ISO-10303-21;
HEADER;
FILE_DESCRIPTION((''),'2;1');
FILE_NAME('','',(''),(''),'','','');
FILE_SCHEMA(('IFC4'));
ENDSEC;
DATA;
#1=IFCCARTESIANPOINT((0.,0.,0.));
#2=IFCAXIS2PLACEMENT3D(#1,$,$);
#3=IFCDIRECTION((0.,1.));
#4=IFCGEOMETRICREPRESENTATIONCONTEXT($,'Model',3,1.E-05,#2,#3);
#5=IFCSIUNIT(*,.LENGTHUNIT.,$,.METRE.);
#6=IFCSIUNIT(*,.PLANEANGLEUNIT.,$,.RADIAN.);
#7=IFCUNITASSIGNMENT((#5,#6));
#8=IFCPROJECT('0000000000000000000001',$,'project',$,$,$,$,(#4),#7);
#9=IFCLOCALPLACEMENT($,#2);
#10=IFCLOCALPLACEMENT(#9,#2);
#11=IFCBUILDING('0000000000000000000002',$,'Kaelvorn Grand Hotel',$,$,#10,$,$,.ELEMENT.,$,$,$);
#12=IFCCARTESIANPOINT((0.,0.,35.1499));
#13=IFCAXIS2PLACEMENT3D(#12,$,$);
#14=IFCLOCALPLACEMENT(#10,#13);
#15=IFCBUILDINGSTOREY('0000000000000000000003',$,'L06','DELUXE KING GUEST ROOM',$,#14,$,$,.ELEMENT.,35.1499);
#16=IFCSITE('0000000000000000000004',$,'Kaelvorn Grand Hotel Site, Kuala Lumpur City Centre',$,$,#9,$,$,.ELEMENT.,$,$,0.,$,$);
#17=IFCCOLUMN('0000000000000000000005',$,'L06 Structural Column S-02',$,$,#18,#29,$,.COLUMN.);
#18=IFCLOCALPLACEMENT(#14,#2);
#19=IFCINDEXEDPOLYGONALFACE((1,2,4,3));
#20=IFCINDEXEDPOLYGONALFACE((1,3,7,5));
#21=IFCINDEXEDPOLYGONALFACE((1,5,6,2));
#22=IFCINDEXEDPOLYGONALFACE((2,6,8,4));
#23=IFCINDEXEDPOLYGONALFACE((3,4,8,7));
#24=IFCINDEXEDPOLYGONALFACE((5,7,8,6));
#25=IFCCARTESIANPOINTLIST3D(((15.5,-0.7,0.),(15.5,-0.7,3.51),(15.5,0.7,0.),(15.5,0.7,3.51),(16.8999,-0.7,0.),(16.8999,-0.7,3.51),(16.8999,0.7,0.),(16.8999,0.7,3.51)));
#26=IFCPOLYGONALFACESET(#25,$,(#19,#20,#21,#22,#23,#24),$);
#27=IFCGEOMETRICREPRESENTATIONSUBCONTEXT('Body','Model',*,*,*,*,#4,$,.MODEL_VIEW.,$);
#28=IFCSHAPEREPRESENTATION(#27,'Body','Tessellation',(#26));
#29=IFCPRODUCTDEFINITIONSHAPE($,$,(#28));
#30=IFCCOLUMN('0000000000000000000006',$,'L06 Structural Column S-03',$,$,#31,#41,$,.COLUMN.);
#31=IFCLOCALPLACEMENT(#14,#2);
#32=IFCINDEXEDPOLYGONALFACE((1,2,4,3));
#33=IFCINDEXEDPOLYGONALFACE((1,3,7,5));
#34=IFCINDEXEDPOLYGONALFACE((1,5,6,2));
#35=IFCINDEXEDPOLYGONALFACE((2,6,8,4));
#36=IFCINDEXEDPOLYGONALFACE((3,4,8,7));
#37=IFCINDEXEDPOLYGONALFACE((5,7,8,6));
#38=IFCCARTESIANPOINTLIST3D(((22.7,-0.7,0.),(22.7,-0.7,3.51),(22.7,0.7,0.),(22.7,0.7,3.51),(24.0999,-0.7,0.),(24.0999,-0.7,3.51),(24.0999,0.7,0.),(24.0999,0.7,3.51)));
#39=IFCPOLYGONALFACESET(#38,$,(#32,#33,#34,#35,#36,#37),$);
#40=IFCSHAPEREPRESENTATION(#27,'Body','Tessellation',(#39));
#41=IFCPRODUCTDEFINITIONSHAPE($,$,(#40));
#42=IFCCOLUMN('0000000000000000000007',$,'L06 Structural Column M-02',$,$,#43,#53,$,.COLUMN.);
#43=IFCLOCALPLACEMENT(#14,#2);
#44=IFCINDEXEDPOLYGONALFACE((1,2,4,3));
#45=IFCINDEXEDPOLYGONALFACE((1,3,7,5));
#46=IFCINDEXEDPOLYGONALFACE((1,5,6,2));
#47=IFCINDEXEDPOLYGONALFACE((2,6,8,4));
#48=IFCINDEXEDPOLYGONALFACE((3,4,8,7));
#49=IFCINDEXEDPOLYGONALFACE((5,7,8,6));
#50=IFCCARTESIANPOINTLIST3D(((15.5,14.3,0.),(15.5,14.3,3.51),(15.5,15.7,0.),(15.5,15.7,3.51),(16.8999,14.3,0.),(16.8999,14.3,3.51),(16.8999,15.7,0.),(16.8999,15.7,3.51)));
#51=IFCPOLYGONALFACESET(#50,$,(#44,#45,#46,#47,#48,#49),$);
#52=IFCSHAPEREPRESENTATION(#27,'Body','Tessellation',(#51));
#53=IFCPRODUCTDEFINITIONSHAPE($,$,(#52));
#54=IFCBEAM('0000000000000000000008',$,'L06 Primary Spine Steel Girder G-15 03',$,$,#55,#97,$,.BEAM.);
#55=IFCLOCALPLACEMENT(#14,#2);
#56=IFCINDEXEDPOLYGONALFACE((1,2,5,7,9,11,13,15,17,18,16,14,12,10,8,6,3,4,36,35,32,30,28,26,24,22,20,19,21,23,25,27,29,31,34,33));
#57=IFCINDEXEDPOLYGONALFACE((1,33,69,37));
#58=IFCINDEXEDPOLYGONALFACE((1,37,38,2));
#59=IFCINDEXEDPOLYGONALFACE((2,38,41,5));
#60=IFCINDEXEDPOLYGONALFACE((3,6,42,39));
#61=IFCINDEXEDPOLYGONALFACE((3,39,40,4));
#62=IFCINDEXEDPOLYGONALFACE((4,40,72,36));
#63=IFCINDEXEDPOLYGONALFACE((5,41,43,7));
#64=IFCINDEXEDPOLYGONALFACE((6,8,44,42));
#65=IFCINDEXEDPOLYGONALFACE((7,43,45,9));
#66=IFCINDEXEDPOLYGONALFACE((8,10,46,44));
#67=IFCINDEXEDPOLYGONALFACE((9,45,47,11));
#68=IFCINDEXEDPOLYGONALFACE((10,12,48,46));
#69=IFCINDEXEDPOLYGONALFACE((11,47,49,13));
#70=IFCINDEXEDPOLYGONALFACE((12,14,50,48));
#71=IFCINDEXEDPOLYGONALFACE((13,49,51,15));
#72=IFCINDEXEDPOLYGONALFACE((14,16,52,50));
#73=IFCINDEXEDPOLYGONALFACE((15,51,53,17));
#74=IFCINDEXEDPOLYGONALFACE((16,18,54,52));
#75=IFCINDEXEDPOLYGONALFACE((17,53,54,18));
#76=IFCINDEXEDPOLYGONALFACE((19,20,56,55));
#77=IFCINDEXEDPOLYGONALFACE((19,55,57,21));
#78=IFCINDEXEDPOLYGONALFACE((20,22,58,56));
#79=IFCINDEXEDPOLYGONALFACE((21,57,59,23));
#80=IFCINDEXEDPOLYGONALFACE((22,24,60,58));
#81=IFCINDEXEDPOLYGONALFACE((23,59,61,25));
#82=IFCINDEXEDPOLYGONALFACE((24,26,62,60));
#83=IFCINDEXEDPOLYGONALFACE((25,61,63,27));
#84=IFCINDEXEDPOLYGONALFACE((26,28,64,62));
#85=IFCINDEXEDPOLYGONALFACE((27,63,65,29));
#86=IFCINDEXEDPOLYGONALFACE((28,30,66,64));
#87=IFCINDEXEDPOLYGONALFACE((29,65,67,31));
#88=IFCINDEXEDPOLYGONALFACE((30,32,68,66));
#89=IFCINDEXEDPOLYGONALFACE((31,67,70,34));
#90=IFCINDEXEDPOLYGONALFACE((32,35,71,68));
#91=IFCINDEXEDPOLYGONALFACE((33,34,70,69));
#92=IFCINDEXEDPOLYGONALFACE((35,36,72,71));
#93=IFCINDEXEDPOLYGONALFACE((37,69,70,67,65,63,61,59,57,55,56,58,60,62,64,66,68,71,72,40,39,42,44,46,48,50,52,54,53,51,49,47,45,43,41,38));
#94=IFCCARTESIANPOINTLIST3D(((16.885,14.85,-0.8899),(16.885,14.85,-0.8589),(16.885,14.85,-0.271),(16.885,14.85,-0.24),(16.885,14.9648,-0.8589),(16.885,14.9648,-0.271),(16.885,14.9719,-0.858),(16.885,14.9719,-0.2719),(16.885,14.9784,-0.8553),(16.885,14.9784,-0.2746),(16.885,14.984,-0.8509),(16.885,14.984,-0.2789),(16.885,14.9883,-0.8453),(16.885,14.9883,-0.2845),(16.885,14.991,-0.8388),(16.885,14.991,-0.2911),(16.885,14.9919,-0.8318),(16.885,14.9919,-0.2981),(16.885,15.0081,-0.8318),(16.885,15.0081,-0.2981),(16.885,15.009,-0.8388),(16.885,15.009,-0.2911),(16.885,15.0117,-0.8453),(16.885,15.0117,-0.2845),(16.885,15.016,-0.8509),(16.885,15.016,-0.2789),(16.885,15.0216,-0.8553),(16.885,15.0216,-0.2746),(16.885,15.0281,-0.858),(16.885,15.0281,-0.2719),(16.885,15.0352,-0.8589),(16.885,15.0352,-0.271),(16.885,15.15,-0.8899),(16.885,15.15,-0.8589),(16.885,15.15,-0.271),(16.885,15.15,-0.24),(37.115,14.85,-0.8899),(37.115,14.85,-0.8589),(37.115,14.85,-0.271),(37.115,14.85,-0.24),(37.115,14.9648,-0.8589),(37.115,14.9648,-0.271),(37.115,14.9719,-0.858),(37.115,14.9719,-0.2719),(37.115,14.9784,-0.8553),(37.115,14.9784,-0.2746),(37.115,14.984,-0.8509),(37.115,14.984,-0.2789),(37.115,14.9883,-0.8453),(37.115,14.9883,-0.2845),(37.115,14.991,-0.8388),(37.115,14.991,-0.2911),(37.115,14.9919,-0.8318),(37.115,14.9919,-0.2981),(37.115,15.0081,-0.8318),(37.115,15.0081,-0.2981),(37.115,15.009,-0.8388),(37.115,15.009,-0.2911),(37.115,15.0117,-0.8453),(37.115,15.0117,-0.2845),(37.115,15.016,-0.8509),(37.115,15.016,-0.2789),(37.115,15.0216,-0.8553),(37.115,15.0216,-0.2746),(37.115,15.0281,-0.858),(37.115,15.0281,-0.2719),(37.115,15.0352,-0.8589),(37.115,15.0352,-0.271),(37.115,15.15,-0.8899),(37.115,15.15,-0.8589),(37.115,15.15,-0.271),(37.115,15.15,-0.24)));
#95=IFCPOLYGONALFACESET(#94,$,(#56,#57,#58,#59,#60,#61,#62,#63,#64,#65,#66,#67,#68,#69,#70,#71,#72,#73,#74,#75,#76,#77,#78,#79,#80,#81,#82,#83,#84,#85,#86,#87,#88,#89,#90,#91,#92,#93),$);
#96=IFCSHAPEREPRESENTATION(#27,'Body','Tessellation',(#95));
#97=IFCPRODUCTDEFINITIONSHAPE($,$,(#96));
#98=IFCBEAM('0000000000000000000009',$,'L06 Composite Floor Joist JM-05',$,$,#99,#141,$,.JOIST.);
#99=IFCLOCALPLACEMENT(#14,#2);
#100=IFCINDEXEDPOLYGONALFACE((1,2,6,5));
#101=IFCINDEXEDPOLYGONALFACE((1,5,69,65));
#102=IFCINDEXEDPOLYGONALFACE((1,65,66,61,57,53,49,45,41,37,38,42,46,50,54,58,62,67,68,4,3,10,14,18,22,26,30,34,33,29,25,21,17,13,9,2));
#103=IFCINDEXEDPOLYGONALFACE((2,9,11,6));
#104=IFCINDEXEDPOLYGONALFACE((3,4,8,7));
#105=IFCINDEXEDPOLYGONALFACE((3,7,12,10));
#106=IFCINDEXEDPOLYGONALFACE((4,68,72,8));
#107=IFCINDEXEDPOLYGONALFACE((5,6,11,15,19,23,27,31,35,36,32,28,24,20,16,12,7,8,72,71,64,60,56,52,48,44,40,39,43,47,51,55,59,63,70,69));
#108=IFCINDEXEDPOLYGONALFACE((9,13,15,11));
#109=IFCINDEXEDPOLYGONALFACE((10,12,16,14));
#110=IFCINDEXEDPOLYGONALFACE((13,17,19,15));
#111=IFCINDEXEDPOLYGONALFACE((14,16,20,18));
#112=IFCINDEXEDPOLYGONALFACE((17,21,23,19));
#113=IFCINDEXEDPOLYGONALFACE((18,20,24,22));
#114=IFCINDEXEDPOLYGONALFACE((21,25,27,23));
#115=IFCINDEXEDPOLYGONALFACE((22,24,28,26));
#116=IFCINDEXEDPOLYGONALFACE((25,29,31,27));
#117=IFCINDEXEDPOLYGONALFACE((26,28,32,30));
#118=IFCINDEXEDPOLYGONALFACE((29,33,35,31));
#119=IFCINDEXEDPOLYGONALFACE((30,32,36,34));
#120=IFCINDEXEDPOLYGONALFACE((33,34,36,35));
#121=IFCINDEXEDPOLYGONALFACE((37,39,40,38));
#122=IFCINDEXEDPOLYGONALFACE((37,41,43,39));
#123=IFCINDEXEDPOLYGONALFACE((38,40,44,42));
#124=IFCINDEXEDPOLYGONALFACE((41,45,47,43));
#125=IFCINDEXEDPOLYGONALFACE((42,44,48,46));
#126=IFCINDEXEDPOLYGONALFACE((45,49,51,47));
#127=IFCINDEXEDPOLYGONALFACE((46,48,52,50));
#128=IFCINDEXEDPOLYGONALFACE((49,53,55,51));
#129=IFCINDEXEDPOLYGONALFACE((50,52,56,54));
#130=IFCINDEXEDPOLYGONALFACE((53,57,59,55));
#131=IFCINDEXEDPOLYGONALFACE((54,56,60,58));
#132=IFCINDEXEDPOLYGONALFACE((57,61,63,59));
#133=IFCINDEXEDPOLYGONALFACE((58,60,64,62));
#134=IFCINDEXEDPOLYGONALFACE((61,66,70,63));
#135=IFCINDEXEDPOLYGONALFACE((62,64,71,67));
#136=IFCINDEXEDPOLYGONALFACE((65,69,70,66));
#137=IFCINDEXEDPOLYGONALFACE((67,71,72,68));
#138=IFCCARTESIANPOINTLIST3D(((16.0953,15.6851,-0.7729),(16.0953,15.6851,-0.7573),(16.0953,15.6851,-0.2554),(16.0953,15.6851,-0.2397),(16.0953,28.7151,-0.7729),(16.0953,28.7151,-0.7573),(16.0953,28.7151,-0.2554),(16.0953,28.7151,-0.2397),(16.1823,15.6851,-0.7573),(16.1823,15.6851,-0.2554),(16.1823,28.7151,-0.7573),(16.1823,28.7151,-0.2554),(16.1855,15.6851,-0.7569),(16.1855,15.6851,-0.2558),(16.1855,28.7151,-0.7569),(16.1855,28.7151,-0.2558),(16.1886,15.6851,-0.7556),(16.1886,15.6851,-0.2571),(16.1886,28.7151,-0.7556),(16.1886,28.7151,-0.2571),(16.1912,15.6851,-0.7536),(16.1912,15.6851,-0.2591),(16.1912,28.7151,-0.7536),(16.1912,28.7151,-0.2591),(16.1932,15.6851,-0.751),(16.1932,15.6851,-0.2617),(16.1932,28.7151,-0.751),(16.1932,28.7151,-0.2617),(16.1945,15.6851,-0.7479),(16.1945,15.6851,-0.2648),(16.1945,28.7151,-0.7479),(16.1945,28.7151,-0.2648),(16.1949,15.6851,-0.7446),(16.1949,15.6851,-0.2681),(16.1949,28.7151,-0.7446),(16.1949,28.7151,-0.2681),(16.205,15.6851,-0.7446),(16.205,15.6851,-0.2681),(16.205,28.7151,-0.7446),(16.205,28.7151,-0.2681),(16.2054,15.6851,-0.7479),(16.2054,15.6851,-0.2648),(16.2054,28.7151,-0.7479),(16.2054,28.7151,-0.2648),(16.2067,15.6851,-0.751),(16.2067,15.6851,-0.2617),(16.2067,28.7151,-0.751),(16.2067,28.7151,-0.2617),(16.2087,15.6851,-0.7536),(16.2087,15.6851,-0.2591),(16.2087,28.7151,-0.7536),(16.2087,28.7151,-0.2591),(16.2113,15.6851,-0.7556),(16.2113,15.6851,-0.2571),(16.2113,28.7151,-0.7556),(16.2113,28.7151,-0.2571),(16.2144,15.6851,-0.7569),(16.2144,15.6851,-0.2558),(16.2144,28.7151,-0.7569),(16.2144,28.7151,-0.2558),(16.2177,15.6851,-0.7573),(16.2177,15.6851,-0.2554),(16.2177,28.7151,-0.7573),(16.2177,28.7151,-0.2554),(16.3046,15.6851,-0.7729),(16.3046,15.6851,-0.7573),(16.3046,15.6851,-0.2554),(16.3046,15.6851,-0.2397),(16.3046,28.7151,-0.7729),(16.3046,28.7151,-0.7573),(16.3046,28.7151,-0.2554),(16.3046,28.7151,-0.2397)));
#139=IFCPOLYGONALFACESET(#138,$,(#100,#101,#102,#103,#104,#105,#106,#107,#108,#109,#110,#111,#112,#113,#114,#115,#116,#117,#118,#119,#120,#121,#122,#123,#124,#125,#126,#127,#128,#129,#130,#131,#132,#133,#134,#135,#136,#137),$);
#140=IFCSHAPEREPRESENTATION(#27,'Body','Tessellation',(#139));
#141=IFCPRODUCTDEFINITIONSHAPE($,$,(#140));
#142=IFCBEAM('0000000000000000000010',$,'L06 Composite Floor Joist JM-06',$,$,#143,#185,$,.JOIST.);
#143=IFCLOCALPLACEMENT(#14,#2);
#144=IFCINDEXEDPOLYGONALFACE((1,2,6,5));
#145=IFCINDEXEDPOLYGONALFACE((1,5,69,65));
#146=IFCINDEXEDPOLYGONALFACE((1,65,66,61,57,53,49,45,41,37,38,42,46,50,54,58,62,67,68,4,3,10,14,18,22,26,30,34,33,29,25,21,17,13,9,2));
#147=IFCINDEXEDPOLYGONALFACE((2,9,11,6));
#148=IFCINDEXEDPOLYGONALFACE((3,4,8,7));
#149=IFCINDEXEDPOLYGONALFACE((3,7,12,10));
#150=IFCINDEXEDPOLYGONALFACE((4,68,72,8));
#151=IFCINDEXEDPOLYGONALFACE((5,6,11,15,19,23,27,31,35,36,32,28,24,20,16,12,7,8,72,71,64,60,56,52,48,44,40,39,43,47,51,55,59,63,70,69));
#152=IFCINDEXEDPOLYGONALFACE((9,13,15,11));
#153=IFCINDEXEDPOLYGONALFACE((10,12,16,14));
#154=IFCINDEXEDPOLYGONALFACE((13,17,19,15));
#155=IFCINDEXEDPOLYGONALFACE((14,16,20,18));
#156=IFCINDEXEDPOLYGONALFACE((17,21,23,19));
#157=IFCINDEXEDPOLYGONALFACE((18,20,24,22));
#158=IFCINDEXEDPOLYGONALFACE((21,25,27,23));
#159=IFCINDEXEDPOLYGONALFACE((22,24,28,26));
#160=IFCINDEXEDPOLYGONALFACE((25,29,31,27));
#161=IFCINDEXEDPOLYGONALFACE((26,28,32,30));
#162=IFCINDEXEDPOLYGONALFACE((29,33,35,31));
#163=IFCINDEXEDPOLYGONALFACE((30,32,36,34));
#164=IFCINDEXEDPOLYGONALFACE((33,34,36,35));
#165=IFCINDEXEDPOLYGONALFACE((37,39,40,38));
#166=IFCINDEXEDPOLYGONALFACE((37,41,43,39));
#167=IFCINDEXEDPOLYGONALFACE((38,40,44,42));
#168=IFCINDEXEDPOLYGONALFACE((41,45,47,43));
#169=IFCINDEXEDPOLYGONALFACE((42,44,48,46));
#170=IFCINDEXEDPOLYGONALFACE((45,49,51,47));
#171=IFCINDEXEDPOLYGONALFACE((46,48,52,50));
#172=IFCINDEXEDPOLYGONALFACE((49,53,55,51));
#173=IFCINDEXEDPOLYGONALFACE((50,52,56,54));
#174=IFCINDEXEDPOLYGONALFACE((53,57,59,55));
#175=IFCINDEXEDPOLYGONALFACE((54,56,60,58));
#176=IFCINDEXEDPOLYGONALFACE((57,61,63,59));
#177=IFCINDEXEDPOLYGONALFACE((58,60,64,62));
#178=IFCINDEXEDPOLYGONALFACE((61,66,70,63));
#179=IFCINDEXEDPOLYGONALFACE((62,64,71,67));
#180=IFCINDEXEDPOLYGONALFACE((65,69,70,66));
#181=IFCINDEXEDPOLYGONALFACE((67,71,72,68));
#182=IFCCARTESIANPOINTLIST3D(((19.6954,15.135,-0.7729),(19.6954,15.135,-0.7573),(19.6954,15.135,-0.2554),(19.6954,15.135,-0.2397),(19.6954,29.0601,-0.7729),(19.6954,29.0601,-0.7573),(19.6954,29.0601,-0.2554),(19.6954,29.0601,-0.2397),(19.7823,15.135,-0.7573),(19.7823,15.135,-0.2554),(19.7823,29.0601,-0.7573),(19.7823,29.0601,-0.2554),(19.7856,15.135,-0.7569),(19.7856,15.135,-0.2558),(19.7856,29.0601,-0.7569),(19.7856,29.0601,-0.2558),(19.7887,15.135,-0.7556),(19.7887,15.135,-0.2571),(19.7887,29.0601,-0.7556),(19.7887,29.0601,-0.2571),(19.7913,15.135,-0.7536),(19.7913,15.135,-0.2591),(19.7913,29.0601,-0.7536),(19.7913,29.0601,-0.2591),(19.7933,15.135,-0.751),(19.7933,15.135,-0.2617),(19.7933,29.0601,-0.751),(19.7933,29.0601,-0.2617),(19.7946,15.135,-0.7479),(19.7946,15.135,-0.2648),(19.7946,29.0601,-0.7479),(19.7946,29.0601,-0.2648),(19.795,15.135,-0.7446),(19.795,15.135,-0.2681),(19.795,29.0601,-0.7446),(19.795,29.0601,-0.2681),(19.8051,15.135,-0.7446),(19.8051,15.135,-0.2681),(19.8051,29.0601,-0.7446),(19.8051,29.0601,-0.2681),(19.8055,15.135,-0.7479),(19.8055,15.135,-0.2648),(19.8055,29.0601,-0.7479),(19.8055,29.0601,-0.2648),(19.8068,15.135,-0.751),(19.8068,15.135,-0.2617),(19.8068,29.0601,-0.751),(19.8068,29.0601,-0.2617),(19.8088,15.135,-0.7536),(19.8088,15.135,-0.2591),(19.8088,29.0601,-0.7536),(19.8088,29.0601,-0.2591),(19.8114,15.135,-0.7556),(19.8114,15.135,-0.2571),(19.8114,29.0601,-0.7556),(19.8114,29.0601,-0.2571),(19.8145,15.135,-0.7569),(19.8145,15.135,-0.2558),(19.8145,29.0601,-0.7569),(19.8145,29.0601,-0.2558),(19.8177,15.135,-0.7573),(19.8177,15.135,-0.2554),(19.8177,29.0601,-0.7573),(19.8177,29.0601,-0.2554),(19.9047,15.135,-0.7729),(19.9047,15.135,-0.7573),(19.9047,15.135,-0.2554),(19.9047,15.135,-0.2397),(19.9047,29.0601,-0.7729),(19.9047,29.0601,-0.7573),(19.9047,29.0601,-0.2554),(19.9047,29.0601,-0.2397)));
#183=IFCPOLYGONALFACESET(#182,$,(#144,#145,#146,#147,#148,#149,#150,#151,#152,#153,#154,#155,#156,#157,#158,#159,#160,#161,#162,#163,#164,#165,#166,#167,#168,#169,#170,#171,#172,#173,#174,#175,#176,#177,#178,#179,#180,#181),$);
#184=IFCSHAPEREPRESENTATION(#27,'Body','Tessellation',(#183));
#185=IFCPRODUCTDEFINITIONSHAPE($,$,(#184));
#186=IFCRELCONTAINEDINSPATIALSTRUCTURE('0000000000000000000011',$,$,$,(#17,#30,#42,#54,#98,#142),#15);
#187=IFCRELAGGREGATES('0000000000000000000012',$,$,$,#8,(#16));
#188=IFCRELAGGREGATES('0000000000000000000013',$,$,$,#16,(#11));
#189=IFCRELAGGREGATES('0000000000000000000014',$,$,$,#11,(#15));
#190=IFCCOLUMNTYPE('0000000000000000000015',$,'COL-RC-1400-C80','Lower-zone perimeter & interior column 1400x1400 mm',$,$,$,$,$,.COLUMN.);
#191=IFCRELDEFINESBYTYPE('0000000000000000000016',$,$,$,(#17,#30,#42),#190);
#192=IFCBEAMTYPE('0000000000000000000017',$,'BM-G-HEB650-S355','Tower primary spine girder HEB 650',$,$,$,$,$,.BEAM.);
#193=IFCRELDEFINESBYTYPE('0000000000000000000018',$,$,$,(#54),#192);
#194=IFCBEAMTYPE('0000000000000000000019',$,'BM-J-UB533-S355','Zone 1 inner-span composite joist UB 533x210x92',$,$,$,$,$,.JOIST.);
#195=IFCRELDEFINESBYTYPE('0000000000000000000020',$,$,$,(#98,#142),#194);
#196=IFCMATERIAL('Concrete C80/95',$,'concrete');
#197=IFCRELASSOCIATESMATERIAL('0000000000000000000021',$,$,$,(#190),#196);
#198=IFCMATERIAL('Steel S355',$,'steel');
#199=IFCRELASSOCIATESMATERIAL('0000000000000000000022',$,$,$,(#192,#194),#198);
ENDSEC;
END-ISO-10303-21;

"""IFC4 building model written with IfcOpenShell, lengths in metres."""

from ifc_helpers import new_model, si_unit, direction, frame, origin, origin_2d, place, context, subcontext, project, spatial, rectangle, i_section, extrude, material, material_profile, profile_set, type_object, element, save


model = new_model("IFC4")

# Units and contexts
model_context = context("Model", 3, precision=1e-05, world=origin(), true_north=direction((0.0, 1.0)))
body_context = subcontext(model_context, "Body", "Model", "MODEL_VIEW")
ifc_project = project(units=[si_unit("LENGTHUNIT", "METRE"), si_unit("PLANEANGLEUNIT", "RADIAN")], contexts=[model_context])

# Site, building, storey
site_placement = place(None, origin())
site = spatial("IfcSite", under=ifc_project, at=site_placement, Name="Kaelvorn Grand Hotel Site, Kuala Lumpur City Centre", CompositionType="ELEMENT", RefElevation=0.0)
building_placement = place(site_placement, origin())
building = spatial("IfcBuilding", under=site, at=building_placement, Name="Kaelvorn Grand Hotel", CompositionType="ELEMENT")
storey_placement = place(building_placement, frame((0.0, 0.0, 35.1499)))
storey = spatial("IfcBuildingStorey", under=building, at=storey_placement, Name="L06", Description="DELUXE KING GUEST ROOM", CompositionType="ELEMENT", Elevation=35.1499)

# Columns
ifc_material_1 = material(Name="Concrete C80/95", Category="concrete")
ifc_material_profile_1 = material_profile(ifc_material_1, rectangle(XDim=1.3999, YDim=1.3999, at=origin_2d()), Name="RC COL 1400x1400")
ifc_profile_set_1 = profile_set([ifc_material_profile_1], Name="Concrete C80/95")
column_type = type_object("IfcColumnType", Name="COL-RC-1400-C80", Description="Lower-zone perimeter & interior column 1400x1400 mm", PredefinedType="COLUMN", material=ifc_profile_set_1)
for number, where, z_axis, x_axis, name in (
    (1, (16.2, 0.0, 0.0), (0.0, 0.0, 1.0), (1.0, 0.0, 0.0), "L06 Structural Column S-02"),
    (2, (23.3999, 0.0, 0.0), (0.0, 0.0, 1.0), (1.0, 0.0, 0.0), "L06 Structural Column S-03"),
    (3, (16.2, 15.0, 0.0), (0.0, 0.0, 1.0), (1.0, 0.0, 0.0), "L06 Structural Column M-02"),
):
    element("IfcColumn", number, at=place(storey_placement, frame(where, z_axis=z_axis, x_axis=x_axis)), inside=storey, type_object=column_type, Name=name, PredefinedType="COLUMN", context=body_context, shape_type="SweptSolid", body=[
        extrude(rectangle(XDim=1.3999, YDim=1.3999, at=origin_2d()), origin(), (0.0, 0.0, 1.0), 3.51),
    ])

# Beams
ifc_material_2 = material(Name="Steel S355", Category="steel")
ifc_material_profile_2 = material_profile(ifc_material_2, i_section(OverallWidth=0.3, OverallDepth=0.6499, WebThickness=0.0161, FlangeThickness=0.031, FilletRadius=0.0271, at=origin_2d()), Name="HEB 650")
ifc_profile_set_2 = profile_set([ifc_material_profile_2], Name="Steel S355")
beam_type_1 = type_object("IfcBeamType", Name="BM-G-HEB650-S355", Description="Tower primary spine girder HEB 650", PredefinedType="BEAM", material=ifc_profile_set_2)
beam_1_placement = place(storey_placement, frame((16.885, 15.0, -0.5649), z_axis=(1.0, 0.0, 0.0), x_axis=(0.0, 1.0, 0.0)))
element("IfcBeam", 4, at=beam_1_placement, inside=storey, type_object=beam_type_1, Name="L06 Primary Spine Steel Girder G-15 03", PredefinedType="BEAM", context=body_context, shape_type="SweptSolid", body=[
    extrude(i_section(OverallWidth=0.3, OverallDepth=0.6499, WebThickness=0.0161, FlangeThickness=0.031, FilletRadius=0.0271, at=origin_2d()), origin(), (0.0, 0.0, 1.0), 20.23),
])
ifc_material_profile_3 = material_profile(ifc_material_2, i_section(OverallWidth=0.2092, OverallDepth=0.5332, WebThickness=0.01, FlangeThickness=0.0156, FilletRadius=0.0127, at=origin_2d()), Name="UB 533x210x92")
ifc_profile_set_3 = profile_set([ifc_material_profile_3], Name="Steel S355")
beam_type_2 = type_object("IfcBeamType", Name="BM-J-UB533-S355", Description="Zone 1 inner-span composite joist UB 533x210x92", PredefinedType="JOIST", material=ifc_profile_set_3)
beam_2_placement = place(storey_placement, frame((16.2, 15.6851, -0.5063), z_axis=(0.0, 1.0, 0.0), x_axis=(-1.0, 0.0, 0.0)))
element("IfcBeam", 5, at=beam_2_placement, inside=storey, type_object=beam_type_2, Name="L06 Composite Floor Joist JM-05", PredefinedType="JOIST", context=body_context, shape_type="SweptSolid", body=[
    extrude(i_section(OverallWidth=0.2092, OverallDepth=0.5332, WebThickness=0.01, FlangeThickness=0.0156, FilletRadius=0.0127, at=origin_2d()), origin(), (0.0, 0.0, 1.0), 13.03),
])
beam_3_placement = place(storey_placement, frame((19.8, 15.135, -0.5063), z_axis=(0.0, 1.0, 0.0), x_axis=(-1.0, 0.0, 0.0)))
element("IfcBeam", 6, at=beam_3_placement, inside=storey, type_object=beam_type_2, Name="L06 Composite Floor Joist JM-06", PredefinedType="JOIST", context=body_context, shape_type="SweptSolid", body=[
    extrude(i_section(OverallWidth=0.2092, OverallDepth=0.5332, WebThickness=0.01, FlangeThickness=0.0156, FilletRadius=0.0127, at=origin_2d()), origin(), (0.0, 0.0, 1.0), 13.925),
])

save(model, "model.ifc")
